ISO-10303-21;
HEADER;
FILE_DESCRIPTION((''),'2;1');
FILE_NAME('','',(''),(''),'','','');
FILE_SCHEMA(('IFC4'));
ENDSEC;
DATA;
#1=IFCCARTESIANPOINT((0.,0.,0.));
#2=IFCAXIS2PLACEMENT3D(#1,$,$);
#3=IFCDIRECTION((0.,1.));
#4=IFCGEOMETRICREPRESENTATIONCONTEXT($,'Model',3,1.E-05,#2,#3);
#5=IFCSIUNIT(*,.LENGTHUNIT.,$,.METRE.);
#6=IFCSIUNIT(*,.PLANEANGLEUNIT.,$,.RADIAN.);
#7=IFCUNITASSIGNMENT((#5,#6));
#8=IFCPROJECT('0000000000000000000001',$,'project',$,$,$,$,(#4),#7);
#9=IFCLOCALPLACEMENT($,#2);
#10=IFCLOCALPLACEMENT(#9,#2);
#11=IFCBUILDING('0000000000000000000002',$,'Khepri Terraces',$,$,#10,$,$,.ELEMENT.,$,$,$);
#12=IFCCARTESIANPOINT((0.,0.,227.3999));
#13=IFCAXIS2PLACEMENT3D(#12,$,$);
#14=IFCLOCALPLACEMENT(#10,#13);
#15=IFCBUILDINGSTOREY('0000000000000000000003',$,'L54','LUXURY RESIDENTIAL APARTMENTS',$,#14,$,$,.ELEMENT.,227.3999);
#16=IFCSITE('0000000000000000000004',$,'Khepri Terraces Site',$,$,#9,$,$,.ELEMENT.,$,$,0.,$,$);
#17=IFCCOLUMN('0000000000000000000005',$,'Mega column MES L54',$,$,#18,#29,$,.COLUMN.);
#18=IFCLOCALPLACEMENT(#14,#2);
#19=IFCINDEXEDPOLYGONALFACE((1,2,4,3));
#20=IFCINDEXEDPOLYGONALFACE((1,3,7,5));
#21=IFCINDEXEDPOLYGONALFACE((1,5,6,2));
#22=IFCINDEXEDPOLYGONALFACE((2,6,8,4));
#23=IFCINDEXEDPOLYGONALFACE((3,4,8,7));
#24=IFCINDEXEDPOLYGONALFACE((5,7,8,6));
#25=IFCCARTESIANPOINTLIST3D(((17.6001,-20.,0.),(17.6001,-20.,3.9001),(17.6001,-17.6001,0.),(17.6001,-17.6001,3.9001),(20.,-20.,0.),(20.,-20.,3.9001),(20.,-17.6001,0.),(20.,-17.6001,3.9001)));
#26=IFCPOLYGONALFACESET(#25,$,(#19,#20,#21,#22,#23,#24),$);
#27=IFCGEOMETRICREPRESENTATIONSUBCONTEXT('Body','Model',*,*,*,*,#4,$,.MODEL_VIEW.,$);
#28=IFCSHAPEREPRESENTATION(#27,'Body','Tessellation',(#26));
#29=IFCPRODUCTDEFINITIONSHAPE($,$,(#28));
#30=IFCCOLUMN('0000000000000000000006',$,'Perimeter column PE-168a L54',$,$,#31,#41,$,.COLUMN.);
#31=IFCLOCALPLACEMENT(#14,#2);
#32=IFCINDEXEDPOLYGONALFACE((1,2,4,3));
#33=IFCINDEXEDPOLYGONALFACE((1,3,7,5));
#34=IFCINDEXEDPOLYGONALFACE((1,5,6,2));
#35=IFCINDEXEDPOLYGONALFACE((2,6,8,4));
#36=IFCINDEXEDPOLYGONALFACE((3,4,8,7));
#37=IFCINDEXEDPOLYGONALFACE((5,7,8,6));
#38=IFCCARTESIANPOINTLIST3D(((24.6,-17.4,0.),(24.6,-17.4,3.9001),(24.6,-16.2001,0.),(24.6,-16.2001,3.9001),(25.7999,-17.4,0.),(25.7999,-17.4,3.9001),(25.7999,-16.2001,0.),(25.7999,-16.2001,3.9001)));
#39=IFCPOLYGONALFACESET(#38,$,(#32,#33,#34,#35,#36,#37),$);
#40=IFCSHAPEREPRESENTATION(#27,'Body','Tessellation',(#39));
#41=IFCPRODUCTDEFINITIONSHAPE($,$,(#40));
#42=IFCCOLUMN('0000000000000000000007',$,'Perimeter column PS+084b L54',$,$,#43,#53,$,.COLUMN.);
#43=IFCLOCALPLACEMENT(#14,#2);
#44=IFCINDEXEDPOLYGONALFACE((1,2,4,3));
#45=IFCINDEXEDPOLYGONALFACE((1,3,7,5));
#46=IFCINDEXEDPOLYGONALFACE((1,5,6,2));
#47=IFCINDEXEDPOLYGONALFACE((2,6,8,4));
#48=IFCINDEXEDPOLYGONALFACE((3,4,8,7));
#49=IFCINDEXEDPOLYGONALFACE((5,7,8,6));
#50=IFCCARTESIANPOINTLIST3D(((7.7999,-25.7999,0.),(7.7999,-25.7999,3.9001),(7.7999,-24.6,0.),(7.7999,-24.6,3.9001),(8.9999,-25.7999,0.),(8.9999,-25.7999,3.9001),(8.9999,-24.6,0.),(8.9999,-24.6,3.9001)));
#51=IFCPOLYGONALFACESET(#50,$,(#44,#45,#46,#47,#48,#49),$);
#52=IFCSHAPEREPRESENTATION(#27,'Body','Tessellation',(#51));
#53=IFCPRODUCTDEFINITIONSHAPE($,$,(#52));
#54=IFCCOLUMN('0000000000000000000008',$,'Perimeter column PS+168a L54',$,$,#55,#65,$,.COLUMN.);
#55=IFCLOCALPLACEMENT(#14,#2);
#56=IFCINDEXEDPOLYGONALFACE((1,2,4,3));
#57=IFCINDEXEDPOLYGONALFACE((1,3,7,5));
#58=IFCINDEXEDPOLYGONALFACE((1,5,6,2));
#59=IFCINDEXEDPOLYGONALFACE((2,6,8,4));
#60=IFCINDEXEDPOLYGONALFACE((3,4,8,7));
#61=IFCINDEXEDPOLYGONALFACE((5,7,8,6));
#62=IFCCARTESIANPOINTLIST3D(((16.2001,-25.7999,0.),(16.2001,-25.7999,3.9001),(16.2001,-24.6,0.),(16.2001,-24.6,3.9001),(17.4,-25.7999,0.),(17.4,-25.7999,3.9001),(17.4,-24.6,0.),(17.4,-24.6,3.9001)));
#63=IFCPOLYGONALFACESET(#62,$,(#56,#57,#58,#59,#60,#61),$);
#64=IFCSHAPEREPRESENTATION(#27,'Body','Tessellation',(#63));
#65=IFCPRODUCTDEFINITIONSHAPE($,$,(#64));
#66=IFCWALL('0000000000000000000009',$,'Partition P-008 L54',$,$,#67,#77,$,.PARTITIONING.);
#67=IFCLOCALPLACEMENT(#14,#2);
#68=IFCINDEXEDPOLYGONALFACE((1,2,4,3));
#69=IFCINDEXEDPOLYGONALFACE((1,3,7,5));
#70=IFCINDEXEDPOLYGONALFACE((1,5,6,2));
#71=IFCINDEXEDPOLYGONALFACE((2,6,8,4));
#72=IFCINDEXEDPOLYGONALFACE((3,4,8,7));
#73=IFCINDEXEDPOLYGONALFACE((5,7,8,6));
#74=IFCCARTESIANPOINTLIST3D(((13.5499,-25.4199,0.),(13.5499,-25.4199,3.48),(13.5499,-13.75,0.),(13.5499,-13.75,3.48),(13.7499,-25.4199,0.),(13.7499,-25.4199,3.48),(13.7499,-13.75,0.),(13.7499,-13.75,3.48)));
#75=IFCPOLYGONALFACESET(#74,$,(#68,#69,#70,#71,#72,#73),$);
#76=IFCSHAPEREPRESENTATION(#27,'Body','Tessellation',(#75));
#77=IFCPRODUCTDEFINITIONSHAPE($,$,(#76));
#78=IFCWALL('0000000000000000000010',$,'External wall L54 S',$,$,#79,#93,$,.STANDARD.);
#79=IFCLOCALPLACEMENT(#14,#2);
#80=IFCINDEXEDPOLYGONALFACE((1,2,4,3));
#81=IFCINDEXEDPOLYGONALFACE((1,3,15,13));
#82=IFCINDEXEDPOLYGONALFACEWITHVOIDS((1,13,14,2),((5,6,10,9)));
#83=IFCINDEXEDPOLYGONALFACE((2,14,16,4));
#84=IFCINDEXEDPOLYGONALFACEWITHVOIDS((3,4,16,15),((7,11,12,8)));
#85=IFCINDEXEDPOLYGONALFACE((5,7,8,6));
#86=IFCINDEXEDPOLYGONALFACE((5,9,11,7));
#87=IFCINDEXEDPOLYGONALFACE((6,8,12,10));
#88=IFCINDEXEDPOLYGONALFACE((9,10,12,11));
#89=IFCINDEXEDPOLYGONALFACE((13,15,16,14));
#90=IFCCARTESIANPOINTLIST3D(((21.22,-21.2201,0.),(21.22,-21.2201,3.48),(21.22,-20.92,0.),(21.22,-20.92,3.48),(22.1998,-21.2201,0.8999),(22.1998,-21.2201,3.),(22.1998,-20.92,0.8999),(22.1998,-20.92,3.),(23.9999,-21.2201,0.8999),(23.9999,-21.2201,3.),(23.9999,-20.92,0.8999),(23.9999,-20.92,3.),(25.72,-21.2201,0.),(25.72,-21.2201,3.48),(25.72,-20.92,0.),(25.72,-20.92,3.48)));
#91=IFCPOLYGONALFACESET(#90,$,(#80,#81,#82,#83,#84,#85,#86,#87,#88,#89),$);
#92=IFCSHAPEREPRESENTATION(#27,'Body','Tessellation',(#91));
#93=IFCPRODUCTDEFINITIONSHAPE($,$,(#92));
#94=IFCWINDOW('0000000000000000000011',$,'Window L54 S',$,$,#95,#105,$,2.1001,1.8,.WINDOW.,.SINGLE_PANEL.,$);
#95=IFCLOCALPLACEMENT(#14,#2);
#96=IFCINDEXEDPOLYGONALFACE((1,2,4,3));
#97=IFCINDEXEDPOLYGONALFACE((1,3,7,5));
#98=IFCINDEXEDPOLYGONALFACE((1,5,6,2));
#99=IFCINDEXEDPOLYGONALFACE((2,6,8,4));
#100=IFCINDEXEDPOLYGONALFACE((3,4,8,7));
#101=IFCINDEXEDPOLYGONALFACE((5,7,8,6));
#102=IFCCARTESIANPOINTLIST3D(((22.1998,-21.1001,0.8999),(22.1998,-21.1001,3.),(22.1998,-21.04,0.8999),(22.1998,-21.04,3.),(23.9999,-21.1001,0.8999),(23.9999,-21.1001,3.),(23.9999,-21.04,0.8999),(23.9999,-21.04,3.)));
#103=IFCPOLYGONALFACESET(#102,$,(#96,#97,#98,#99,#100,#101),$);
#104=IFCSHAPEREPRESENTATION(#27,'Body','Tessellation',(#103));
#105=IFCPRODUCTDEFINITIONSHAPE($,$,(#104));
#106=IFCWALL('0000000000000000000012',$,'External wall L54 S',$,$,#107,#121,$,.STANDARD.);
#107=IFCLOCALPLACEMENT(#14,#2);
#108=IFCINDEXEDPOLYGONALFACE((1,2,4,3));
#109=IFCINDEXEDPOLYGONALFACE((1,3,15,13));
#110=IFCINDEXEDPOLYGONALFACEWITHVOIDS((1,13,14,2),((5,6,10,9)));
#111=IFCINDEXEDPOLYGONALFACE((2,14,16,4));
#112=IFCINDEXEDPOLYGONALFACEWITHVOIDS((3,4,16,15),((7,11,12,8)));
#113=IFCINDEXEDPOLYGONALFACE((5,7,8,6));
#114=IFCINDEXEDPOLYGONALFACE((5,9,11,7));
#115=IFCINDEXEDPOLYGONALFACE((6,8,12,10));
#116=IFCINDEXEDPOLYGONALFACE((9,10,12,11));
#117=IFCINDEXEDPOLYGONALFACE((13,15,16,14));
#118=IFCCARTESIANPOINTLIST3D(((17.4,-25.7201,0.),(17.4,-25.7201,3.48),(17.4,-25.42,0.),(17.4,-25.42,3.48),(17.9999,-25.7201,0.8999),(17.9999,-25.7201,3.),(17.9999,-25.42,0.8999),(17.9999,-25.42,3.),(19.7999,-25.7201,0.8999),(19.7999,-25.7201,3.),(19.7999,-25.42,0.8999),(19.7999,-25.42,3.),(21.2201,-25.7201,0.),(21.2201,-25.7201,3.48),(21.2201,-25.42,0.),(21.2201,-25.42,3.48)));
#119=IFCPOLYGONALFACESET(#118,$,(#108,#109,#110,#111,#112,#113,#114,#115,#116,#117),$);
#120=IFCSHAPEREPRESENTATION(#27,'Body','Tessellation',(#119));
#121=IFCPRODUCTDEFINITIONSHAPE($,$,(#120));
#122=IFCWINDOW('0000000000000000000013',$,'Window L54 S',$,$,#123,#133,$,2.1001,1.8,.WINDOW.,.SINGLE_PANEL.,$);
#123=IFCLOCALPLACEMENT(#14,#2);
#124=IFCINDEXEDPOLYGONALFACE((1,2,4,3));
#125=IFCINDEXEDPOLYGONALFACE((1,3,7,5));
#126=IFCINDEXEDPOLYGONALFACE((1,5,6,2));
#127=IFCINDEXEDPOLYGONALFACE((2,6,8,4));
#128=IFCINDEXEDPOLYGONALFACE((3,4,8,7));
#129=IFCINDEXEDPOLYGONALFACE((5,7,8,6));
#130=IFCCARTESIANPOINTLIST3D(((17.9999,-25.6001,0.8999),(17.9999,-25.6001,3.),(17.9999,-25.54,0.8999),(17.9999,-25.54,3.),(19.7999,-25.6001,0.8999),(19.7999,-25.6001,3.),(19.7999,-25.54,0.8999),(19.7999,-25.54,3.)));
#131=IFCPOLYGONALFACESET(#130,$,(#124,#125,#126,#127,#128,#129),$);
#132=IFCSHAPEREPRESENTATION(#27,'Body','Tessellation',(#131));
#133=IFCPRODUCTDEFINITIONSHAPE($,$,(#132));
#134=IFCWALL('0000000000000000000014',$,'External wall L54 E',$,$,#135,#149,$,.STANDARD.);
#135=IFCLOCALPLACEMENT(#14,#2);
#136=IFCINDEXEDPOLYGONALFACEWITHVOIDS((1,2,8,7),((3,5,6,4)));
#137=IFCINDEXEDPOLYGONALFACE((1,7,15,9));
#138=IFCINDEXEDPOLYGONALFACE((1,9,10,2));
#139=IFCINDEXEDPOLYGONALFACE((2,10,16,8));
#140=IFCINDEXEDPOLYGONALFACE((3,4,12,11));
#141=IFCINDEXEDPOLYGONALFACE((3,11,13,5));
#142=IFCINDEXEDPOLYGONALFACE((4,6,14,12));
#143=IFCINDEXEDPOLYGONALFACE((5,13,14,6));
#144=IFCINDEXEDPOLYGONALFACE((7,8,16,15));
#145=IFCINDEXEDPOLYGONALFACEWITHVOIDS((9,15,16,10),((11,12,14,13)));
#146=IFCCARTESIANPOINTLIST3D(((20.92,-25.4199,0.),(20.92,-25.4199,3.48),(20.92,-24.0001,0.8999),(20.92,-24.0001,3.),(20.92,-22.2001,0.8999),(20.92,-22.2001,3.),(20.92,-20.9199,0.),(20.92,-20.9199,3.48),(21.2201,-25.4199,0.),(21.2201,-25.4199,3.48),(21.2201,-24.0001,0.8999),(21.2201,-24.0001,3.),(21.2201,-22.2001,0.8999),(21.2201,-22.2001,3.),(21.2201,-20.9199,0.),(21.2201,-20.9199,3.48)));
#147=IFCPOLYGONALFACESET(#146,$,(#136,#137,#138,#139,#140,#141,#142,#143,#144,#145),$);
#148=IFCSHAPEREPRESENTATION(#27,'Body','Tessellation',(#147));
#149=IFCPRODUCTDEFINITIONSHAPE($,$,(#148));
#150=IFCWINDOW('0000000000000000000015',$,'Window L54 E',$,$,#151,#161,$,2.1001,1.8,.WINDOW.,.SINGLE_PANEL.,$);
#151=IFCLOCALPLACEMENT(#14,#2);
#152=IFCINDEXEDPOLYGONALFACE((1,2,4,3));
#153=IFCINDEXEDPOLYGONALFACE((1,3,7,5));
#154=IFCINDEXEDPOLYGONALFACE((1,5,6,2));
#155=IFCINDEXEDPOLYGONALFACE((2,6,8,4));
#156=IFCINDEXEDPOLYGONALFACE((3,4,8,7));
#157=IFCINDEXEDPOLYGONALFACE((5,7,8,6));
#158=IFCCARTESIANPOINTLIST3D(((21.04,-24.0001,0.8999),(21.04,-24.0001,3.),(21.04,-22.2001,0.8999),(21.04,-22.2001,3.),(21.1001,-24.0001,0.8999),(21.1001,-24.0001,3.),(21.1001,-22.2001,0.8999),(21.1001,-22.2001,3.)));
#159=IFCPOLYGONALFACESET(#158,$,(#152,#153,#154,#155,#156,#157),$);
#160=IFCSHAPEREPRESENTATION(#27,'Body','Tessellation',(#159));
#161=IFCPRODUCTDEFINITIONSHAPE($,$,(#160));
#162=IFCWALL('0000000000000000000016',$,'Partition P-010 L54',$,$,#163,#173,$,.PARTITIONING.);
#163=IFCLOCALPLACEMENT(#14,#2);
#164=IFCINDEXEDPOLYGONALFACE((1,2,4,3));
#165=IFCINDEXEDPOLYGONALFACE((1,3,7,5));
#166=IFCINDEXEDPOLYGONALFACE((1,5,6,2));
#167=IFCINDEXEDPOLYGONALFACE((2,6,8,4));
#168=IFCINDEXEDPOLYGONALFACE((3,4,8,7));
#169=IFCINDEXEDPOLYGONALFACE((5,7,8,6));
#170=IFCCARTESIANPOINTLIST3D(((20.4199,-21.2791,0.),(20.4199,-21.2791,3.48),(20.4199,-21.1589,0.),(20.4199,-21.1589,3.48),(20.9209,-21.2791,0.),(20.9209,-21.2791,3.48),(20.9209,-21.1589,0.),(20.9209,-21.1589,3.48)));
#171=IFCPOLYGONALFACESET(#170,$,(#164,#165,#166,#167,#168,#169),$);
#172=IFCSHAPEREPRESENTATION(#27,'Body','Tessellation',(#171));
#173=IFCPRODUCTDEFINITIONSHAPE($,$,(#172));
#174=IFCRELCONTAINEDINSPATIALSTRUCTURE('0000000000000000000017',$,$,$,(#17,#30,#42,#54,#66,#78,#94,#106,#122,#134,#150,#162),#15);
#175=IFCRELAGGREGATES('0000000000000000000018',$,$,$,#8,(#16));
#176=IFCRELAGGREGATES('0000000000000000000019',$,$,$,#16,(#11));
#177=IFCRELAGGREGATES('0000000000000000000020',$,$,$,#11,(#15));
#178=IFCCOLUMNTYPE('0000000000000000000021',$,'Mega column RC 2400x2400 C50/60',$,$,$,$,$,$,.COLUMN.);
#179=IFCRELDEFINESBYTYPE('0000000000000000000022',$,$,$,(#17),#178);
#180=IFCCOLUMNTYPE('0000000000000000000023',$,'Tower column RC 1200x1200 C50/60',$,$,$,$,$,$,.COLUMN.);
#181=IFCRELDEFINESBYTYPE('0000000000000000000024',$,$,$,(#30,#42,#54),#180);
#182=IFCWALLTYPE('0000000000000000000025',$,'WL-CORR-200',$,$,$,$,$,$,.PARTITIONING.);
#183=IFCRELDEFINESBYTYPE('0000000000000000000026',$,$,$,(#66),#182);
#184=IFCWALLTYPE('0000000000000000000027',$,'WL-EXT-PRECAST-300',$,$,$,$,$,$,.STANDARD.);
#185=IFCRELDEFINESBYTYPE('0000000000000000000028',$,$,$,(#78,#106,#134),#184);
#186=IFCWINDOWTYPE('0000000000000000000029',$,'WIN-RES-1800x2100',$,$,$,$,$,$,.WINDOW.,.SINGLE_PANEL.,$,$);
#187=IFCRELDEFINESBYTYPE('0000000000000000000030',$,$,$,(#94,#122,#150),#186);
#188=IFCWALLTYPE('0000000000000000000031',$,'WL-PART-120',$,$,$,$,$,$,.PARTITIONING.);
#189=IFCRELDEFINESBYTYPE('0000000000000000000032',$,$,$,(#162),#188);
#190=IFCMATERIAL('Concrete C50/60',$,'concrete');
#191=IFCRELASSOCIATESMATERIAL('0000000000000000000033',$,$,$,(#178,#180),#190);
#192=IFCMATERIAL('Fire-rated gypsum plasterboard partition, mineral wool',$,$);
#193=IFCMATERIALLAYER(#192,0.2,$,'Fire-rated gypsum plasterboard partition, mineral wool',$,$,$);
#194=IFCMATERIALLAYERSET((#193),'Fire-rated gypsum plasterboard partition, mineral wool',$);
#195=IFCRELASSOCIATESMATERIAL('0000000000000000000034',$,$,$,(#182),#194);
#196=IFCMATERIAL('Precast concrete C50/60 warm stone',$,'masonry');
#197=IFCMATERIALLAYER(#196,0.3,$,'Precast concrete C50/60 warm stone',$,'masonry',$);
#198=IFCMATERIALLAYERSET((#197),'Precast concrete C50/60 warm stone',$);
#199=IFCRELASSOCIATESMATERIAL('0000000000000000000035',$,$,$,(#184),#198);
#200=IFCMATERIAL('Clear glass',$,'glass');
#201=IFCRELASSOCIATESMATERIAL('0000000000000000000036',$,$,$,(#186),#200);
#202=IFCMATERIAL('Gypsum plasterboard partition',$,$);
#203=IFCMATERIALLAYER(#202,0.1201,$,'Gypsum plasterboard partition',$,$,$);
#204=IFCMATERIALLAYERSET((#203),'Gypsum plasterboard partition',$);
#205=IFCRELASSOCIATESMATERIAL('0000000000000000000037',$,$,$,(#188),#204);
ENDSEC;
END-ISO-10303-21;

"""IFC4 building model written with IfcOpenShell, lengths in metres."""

from ifc_helpers import new_model, si_unit, direction, frame, frame_2d, origin, origin_2d, place, context, subcontext, project, spatial, rectangle, extrude, material, layer, layer_set, material_profile, profile_set, type_object, element, fill, save


model = new_model("IFC4")

# Units and contexts
model_context = context("Model", 3, precision=1e-05, world=origin(), true_north=direction((0.0, 1.0)))
body_context = subcontext(model_context, "Body", "Model", "MODEL_VIEW")
ifc_project = project(units=[si_unit("LENGTHUNIT", "METRE"), si_unit("PLANEANGLEUNIT", "RADIAN")], contexts=[model_context])

# Site, building, storey
site_placement = place(None, origin())
site = spatial("IfcSite", under=ifc_project, at=site_placement, Name="Khepri Terraces Site", CompositionType="ELEMENT", RefElevation=0.0)
building_placement = place(site_placement, origin())
building = spatial("IfcBuilding", under=site, at=building_placement, Name="Khepri Terraces", CompositionType="ELEMENT")
storey_placement = place(building_placement, frame((0.0, 0.0, 227.3999)))
storey = spatial("IfcBuildingStorey", under=building, at=storey_placement, Name="L54", Description="LUXURY RESIDENTIAL APARTMENTS", CompositionType="ELEMENT", Elevation=227.3999)

# Columns
ifc_material_1 = material(Name="Concrete C50/60", Category="concrete")
ifc_material_profile_1 = material_profile(ifc_material_1, rectangle(XDim=2.3999, YDim=2.3999, at=origin_2d()), Name="Concrete C50/60", Category="concrete")
ifc_profile_set_1 = profile_set([ifc_material_profile_1], Name="Concrete C50/60")
column_type_1 = type_object("IfcColumnType", Name="Mega column RC 2400x2400 C50/60", PredefinedType="COLUMN", material=ifc_profile_set_1)
column_placement = place(storey_placement, frame((18.8, -18.8, 0.0), z_axis=(0.0, 0.0, 1.0), x_axis=(1.0, 0.0, 0.0)))
element("IfcColumn", 1, at=column_placement, inside=storey, type_object=column_type_1, Name="Mega column MES L54", PredefinedType="COLUMN", context=body_context, shape_type="SweptSolid", body=[
    extrude(rectangle(XDim=2.3999, YDim=2.3999, at=origin_2d()), origin(), (0.0, 0.0, 1.0), 3.9001),
])
ifc_material_profile_2 = material_profile(ifc_material_1, rectangle(XDim=1.2, YDim=1.2, at=origin_2d()), Name="Concrete C50/60", Category="concrete")
ifc_profile_set_2 = profile_set([ifc_material_profile_2], Name="Concrete C50/60")
column_type_2 = type_object("IfcColumnType", Name="Tower column RC 1200x1200 C50/60", PredefinedType="COLUMN", material=ifc_profile_set_2)
for number, where, z_axis, x_axis, name in (
    (2, (25.2, -16.8, 0.0), (0.0, 0.0, 1.0), (1.0, 0.0, 0.0), "Perimeter column PE-168a L54"),
    (3, (8.3999, -25.2, 0.0), (0.0, 0.0, 1.0), (1.0, 0.0, 0.0), "Perimeter column PS+084b L54"),
    (4, (16.8, -25.2, 0.0), (0.0, 0.0, 1.0), (1.0, 0.0, 0.0), "Perimeter column PS+168a L54"),
):
    element("IfcColumn", number, at=place(storey_placement, frame(where, z_axis=z_axis, x_axis=x_axis)), inside=storey, type_object=column_type_2, Name=name, PredefinedType="COLUMN", context=body_context, shape_type="SweptSolid", body=[
        extrude(rectangle(XDim=1.2, YDim=1.2, at=origin_2d()), origin(), (0.0, 0.0, 1.0), 3.9001),
    ])

# Wall
ifc_material_2 = material(Name="Fire-rated gypsum plasterboard partition, mineral wool")
ifc_layer_1 = layer(ifc_material_2, 0.2, Name="Fire-rated gypsum plasterboard partition, mineral wool")
ifc_layer_set_1 = layer_set([ifc_layer_1], Name="Fire-rated gypsum plasterboard partition, mineral wool")
wall_type_1 = type_object("IfcWallType", Name="WL-CORR-200", PredefinedType="PARTITIONING", material=ifc_layer_set_1)
wall_1_placement = place(storey_placement, frame((13.6499, -25.4199, 0.0), z_axis=(0.0, 0.0, 1.0), x_axis=(0.0, 1.0, 0.0)))
element("IfcWall", 5, at=wall_1_placement, inside=storey, type_object=wall_type_1, Name="Partition P-008 L54", PredefinedType="PARTITIONING", context=body_context, shape_type="SweptSolid", body=[
    extrude(rectangle(XDim=11.6699, YDim=0.2, at=frame_2d((5.835, 0.0))), origin(), (0.0, 0.0, 1.0), 3.48),
])

# Wall, opening, window
ifc_material_3 = material(Name="Precast concrete C50/60 warm stone", Category="masonry")
ifc_layer_2 = layer(ifc_material_3, 0.3, Name="Precast concrete C50/60 warm stone", Category="masonry")
ifc_layer_set_2 = layer_set([ifc_layer_2], Name="Precast concrete C50/60 warm stone")
wall_type_2 = type_object("IfcWallType", Name="WL-EXT-PRECAST-300", PredefinedType="STANDARD", material=ifc_layer_set_2)
wall_2_placement = place(storey_placement, frame((21.22, -21.0701, 0.0), z_axis=(0.0, 0.0, 1.0), x_axis=(1.0, 0.0, 0.0)))
wall_2 = element("IfcWall", 6, at=wall_2_placement, inside=storey, type_object=wall_type_2, Name="External wall L54 S", PredefinedType="STANDARD", context=body_context, shape_type="SweptSolid", body=[
    extrude(rectangle(XDim=4.5, YDim=0.3, at=frame_2d((2.25, 0.0))), origin(), (0.0, 0.0, 1.0), 3.48),
])
opening_1_placement = place(wall_2_placement, frame((0.98, 0.0, 0.8999)))
opening_1 = element("IfcOpeningElement", 7, at=opening_1_placement, cuts=wall_2, PredefinedType="OPENING", context=body_context, shape_type="SweptSolid", body=[
    extrude(rectangle(XDim=1.8, YDim=2.1001, at=frame_2d((0.8999, 1.05))), frame((0.0, 0.1602, 0.0), z_axis=(0.0, -1.0, 0.0), x_axis=(1.0, 0.0, 0.0)), (0.0, 0.0, 1.0), 0.3201),
])
ifc_material_4 = material(Name="Clear glass", Category="glass")
window_type = type_object("IfcWindowType", Name="WIN-RES-1800x2100", PartitioningType="SINGLE_PANEL", PredefinedType="WINDOW", material=ifc_material_4)
window_1_placement = place(opening_1_placement, origin())
window_1 = element("IfcWindow", 8, at=window_1_placement, inside=storey, type_object=window_type, Name="Window L54 S", OverallHeight=2.1001, OverallWidth=1.8, PartitioningType="SINGLE_PANEL", PredefinedType="WINDOW", context=body_context, shape_type="SweptSolid", body=[
    extrude(rectangle(XDim=1.8, YDim=2.1001, at=frame_2d((0.8999, 1.05))), frame((0.0, 0.03, 0.0), z_axis=(0.0, -1.0, 0.0), x_axis=(1.0, 0.0, 0.0)), (0.0, 0.0, 1.0), 0.0601),
])
fill(opening_1, window_1)

# Walls, openings, windows
wall_3_placement = place(storey_placement, frame((17.3999, -25.5701, 0.0), z_axis=(0.0, 0.0, 1.0), x_axis=(1.0, 0.0, 0.0)))
wall_3 = element("IfcWall", 9, at=wall_3_placement, inside=storey, type_object=wall_type_2, Name="External wall L54 S", PredefinedType="STANDARD", context=body_context, shape_type="SweptSolid", body=[
    extrude(rectangle(XDim=3.8201, YDim=0.3, at=frame_2d((1.9102, 0.0))), origin(), (0.0, 0.0, 1.0), 3.48),
])
opening_2_placement = place(wall_3_placement, frame((0.6001, 0.0, 0.8999)))
opening_2 = element("IfcOpeningElement", 10, at=opening_2_placement, cuts=wall_3, PredefinedType="OPENING", context=body_context, shape_type="SweptSolid", body=[
    extrude(rectangle(XDim=1.8, YDim=2.1001, at=frame_2d((0.8999, 1.05))), frame((0.0, 0.1602, 0.0), z_axis=(0.0, -1.0, 0.0), x_axis=(1.0, 0.0, 0.0)), (0.0, 0.0, 1.0), 0.3201),
])
window_2_placement = place(opening_2_placement, origin())
window_2 = element("IfcWindow", 11, at=window_2_placement, inside=storey, type_object=window_type, Name="Window L54 S", OverallHeight=2.1001, OverallWidth=1.8, PartitioningType="SINGLE_PANEL", PredefinedType="WINDOW", context=body_context, shape_type="SweptSolid", body=[
    extrude(rectangle(XDim=1.8, YDim=2.1001, at=frame_2d((0.8999, 1.05))), frame((0.0, 0.03, 0.0), z_axis=(0.0, -1.0, 0.0), x_axis=(1.0, 0.0, 0.0)), (0.0, 0.0, 1.0), 0.0601),
])
fill(opening_2, window_2)
wall_4_placement = place(storey_placement, frame((21.0701, -25.4199, 0.0), z_axis=(0.0, 0.0, 1.0), x_axis=(0.0, 1.0, 0.0)))
wall_4 = element("IfcWall", 12, at=wall_4_placement, inside=storey, type_object=wall_type_2, Name="External wall L54 E", PredefinedType="STANDARD", context=body_context, shape_type="SweptSolid", body=[
    extrude(rectangle(XDim=4.5, YDim=0.3, at=frame_2d((2.25, 0.0))), origin(), (0.0, 0.0, 1.0), 3.48),
])
opening_3_placement = place(wall_4_placement, frame((1.4199, 0.0, 0.8999)))
opening_3 = element("IfcOpeningElement", 13, at=opening_3_placement, cuts=wall_4, PredefinedType="OPENING", context=body_context, shape_type="SweptSolid", body=[
    extrude(rectangle(XDim=1.8, YDim=2.1001, at=frame_2d((0.8999, 1.05))), frame((0.0, 0.1602, 0.0), z_axis=(0.0, -1.0, 0.0), x_axis=(1.0, 0.0, 0.0)), (0.0, 0.0, 1.0), 0.3201),
])
window_3_placement = place(opening_3_placement, origin())
window_3 = element("IfcWindow", 14, at=window_3_placement, inside=storey, type_object=window_type, Name="Window L54 E", OverallHeight=2.1001, OverallWidth=1.8, PartitioningType="SINGLE_PANEL", PredefinedType="WINDOW", context=body_context, shape_type="SweptSolid", body=[
    extrude(rectangle(XDim=1.8, YDim=2.1001, at=frame_2d((0.8999, 1.05))), frame((0.0, 0.03, 0.0), z_axis=(0.0, -1.0, 0.0), x_axis=(1.0, 0.0, 0.0)), (0.0, 0.0, 1.0), 0.0601),
])
fill(opening_3, window_3)

# Wall
ifc_material_5 = material(Name="Gypsum plasterboard partition")
ifc_layer_3 = layer(ifc_material_5, 0.1201, Name="Gypsum plasterboard partition")
ifc_layer_set_3 = layer_set([ifc_layer_3], Name="Gypsum plasterboard partition")
wall_type_3 = type_object("IfcWallType", Name="WL-PART-120", PredefinedType="PARTITIONING", material=ifc_layer_set_3)
wall_5_placement = place(storey_placement, frame((20.4199, -21.219, 0.0), z_axis=(0.0, 0.0, 1.0), x_axis=(1.0, 0.0, 0.0)))
element("IfcWall", 15, at=wall_5_placement, inside=storey, type_object=wall_type_3, Name="Partition P-010 L54", PredefinedType="PARTITIONING", context=body_context, shape_type="SweptSolid", body=[
    extrude(rectangle(XDim=0.501, YDim=0.1201, at=frame_2d((0.2505, 0.0))), origin(), (0.0, 0.0, 1.0), 3.48),
])

save(model, "model.ifc")
